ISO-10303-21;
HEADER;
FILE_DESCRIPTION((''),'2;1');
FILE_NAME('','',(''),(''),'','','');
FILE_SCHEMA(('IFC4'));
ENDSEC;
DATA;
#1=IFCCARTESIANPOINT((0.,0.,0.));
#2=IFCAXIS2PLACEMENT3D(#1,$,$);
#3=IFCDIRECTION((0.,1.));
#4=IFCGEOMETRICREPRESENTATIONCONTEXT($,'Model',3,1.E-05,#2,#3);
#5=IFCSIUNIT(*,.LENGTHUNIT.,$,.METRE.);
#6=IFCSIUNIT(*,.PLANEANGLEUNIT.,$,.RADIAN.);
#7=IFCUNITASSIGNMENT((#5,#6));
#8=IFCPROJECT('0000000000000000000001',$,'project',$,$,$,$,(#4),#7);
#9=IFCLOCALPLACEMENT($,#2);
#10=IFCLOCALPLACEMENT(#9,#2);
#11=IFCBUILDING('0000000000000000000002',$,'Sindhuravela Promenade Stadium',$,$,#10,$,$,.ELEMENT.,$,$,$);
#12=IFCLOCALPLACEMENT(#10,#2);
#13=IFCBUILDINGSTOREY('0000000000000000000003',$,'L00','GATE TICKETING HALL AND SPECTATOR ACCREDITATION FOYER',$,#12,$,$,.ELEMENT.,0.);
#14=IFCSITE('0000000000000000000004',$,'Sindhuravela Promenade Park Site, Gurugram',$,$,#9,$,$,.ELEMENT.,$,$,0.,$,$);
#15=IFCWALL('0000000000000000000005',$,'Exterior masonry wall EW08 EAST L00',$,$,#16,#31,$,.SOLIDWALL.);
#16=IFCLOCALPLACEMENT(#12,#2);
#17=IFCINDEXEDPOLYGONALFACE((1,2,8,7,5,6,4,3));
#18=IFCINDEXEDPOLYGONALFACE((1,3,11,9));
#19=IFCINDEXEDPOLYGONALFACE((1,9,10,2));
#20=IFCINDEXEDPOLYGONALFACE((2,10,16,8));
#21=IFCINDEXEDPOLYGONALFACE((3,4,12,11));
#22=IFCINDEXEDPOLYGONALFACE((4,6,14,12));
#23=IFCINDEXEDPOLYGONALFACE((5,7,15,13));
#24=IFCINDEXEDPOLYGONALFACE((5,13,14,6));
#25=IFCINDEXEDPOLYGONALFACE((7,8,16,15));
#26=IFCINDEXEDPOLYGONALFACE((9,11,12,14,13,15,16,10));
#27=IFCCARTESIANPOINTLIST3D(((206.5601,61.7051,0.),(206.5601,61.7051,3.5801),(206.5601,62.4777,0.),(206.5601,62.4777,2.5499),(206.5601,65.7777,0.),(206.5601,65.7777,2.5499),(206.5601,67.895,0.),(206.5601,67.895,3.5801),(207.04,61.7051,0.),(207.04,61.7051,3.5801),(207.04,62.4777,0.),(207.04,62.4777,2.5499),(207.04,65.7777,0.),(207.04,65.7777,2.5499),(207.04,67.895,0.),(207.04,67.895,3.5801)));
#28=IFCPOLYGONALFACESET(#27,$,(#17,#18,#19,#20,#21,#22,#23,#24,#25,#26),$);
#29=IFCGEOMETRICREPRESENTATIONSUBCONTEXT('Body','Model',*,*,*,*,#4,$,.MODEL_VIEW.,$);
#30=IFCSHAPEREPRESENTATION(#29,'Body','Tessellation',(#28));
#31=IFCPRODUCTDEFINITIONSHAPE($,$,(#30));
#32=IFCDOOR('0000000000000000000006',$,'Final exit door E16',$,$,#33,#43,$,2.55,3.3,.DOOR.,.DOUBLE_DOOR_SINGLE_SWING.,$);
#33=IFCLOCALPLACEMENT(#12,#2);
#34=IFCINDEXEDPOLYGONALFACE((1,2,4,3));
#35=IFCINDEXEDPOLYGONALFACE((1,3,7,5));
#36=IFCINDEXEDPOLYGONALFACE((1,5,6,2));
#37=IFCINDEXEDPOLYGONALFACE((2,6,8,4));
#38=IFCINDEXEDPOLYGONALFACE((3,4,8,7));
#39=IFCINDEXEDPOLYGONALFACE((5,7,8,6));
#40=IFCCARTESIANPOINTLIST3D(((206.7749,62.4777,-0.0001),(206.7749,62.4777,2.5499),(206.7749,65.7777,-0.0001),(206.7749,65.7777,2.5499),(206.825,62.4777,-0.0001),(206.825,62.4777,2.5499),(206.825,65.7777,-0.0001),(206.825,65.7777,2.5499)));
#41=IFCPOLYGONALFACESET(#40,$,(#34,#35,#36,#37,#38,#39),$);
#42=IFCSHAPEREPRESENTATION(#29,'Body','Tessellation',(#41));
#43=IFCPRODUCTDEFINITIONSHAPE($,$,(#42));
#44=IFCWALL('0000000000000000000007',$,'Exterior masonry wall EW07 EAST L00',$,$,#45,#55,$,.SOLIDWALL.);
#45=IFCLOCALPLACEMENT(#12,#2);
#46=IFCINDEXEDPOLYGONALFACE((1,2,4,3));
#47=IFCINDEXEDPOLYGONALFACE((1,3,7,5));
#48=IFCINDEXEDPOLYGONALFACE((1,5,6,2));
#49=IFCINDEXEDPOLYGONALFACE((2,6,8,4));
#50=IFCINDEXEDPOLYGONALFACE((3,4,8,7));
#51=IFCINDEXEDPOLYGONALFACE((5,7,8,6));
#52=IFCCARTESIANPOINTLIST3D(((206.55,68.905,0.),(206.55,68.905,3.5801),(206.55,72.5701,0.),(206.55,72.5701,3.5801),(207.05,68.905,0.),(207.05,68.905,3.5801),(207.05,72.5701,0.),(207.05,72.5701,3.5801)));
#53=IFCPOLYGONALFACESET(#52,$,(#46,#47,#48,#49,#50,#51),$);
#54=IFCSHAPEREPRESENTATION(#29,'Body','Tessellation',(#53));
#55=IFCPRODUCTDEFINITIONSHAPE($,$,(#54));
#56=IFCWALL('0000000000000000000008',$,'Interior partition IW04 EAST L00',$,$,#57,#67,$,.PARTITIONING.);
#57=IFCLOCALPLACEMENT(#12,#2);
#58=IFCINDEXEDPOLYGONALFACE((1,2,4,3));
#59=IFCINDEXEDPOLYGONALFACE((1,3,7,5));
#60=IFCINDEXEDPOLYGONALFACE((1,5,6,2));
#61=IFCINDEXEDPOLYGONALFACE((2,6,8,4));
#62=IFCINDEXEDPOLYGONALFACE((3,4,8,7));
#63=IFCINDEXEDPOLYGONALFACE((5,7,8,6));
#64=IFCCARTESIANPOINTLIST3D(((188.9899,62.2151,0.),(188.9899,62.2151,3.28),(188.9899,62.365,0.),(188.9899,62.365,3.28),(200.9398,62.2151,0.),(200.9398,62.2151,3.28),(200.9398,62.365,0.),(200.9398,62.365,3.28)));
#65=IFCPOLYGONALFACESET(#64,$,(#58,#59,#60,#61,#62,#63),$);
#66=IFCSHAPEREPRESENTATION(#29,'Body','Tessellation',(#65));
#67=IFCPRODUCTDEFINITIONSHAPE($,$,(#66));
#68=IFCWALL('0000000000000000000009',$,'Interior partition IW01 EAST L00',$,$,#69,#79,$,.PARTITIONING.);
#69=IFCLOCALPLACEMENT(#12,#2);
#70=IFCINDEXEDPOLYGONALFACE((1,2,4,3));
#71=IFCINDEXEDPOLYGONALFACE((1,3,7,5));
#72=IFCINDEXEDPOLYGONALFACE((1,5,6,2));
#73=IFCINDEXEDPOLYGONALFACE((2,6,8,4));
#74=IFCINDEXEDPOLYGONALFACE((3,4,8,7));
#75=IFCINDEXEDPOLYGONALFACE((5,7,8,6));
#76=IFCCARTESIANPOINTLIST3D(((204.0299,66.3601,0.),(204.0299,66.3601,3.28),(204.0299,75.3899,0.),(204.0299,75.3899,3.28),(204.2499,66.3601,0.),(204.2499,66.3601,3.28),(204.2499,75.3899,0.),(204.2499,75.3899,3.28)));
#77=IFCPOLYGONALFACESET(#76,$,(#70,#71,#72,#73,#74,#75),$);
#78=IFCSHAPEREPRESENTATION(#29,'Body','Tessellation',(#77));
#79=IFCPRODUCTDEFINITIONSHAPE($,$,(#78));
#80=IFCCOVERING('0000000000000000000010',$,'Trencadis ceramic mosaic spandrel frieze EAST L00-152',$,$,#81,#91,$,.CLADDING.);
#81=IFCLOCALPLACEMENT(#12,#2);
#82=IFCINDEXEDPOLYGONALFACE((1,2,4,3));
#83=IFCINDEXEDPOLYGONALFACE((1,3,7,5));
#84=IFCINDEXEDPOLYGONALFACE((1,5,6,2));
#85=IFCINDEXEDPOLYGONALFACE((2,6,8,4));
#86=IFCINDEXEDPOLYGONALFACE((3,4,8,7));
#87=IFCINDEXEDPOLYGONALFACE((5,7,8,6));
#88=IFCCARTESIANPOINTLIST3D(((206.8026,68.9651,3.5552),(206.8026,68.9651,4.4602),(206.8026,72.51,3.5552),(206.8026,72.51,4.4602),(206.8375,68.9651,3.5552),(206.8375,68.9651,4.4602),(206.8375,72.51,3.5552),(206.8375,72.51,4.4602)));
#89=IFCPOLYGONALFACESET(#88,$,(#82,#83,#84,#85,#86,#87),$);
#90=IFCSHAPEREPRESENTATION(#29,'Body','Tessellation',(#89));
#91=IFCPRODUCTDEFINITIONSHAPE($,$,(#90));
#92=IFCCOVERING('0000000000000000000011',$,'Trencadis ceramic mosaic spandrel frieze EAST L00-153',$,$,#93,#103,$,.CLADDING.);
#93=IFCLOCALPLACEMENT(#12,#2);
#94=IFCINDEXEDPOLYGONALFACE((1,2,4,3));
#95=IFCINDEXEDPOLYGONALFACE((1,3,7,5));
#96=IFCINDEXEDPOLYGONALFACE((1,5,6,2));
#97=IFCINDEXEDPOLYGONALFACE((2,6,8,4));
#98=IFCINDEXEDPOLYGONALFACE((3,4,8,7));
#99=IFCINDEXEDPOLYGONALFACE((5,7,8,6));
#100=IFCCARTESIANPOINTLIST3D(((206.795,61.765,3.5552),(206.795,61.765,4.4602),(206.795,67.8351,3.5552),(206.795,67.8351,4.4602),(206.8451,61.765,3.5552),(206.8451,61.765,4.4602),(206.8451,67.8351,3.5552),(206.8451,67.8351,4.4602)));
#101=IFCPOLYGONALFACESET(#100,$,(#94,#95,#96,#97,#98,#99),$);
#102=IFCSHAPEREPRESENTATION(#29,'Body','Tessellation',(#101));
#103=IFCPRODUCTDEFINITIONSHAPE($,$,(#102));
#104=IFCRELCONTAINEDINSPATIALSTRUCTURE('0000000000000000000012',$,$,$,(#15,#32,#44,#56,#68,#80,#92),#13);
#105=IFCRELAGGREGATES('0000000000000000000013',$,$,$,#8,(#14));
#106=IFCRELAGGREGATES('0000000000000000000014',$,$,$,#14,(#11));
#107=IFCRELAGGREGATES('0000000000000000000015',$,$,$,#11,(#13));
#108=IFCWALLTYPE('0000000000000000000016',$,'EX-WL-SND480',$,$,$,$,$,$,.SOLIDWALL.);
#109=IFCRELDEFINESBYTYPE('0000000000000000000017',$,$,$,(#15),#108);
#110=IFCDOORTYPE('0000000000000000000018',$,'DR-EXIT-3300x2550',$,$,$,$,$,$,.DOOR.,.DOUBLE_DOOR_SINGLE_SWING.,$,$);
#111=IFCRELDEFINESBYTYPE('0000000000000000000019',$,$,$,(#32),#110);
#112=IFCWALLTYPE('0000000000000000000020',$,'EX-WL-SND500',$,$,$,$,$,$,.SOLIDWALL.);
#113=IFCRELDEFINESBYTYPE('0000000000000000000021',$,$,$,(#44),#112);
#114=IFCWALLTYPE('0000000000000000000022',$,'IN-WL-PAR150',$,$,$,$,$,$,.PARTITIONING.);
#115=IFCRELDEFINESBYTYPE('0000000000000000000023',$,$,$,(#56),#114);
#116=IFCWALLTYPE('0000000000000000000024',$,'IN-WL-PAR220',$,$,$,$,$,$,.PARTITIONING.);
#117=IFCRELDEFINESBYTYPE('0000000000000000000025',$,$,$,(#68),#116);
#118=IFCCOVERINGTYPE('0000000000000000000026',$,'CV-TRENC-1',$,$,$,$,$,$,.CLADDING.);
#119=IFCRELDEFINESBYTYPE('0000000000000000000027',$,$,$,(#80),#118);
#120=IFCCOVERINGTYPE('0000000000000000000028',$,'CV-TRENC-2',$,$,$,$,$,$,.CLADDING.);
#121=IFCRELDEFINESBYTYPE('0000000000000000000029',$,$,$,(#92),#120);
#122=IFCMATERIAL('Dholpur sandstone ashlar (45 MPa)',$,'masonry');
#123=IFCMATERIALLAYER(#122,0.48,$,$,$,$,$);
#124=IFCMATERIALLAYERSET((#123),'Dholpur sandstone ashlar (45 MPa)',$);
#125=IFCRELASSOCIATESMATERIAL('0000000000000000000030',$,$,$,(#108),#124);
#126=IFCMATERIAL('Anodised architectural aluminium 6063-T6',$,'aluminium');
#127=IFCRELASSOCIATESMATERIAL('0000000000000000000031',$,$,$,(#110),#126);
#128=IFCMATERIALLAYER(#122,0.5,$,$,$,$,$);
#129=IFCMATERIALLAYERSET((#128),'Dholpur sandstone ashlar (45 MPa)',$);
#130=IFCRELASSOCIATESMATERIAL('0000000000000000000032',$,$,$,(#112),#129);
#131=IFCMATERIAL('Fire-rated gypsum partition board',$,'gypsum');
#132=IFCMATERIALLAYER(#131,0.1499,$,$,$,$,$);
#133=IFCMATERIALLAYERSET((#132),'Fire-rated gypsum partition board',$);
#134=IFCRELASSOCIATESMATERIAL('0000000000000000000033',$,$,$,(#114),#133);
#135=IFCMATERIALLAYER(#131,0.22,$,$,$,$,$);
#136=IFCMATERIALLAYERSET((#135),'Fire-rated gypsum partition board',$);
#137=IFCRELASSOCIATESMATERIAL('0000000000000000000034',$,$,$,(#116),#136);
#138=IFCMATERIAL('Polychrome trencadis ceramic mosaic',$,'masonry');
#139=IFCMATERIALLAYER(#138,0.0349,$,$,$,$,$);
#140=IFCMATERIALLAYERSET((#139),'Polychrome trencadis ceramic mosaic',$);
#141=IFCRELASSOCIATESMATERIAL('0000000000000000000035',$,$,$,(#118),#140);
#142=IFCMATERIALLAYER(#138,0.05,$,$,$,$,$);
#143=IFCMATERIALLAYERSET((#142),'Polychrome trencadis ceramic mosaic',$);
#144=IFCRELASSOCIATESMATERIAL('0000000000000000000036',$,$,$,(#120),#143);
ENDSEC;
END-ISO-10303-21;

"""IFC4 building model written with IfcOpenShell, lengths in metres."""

from ifc_helpers import new_model, si_unit, direction, frame, frame_2d, origin, origin_2d, place, context, subcontext, project, spatial, rectangle, extrude, material, layer, layer_set, type_object, element, fill, save


model = new_model("IFC4")

# Units and contexts
model_context = context("Model", 3, precision=1e-05, world=origin(), true_north=direction((0.0, 1.0)))
body_context = subcontext(model_context, "Body", "Model", "MODEL_VIEW")
ifc_project = project(units=[si_unit("LENGTHUNIT", "METRE"), si_unit("PLANEANGLEUNIT", "RADIAN")], contexts=[model_context])

# Site, building, storey
site_placement = place(None, origin())
site = spatial("IfcSite", under=ifc_project, at=site_placement, Name="Sindhuravela Promenade Park Site, Gurugram", CompositionType="ELEMENT", RefElevation=0.0)
building_placement = place(site_placement, origin())
building = spatial("IfcBuilding", under=site, at=building_placement, Name="Sindhuravela Promenade Stadium", CompositionType="ELEMENT")
storey_placement = place(building_placement, origin())
storey = spatial("IfcBuildingStorey", under=building, at=storey_placement, Name="L00", Description="GATE TICKETING HALL AND SPECTATOR ACCREDITATION FOYER", CompositionType="ELEMENT", Elevation=0.0)

# Wall, opening, door
ifc_material_1 = material(Name="Dholpur sandstone ashlar (45 MPa)", Category="masonry")
ifc_layer_1 = layer(ifc_material_1, 0.48)
ifc_layer_set_1 = layer_set([ifc_layer_1], Name="Dholpur sandstone ashlar (45 MPa)")
wall_type_1 = type_object("IfcWallType", Name="EX-WL-SND480", PredefinedType="SOLIDWALL", material=ifc_layer_set_1)
wall_1_placement = place(storey_placement, frame((206.8, 67.895, 0.0), z_axis=(0.0, 0.0, 1.0), x_axis=(0.0, -1.0, 0.0)))
wall_1 = element("IfcWall", 1, at=wall_1_placement, inside=storey, type_object=wall_type_1, Name="Exterior masonry wall EW08 EAST L00", PredefinedType="SOLIDWALL", context=body_context, shape_type="SweptSolid", body=[
    extrude(rectangle(XDim=6.1899, YDim=0.48, at=frame_2d((3.095, 0.0))), origin(), (0.0, 0.0, 1.0), 3.5801),
])
opening_1_placement = place(wall_1_placement, frame((2.1174, 0.0, 0.0)))
opening_1 = element("IfcOpeningElement", 2, at=opening_1_placement, cuts=wall_1, PredefinedType="OPENING", context=body_context, shape_type="SweptSolid", body=[
    extrude(rectangle(XDim=3.3, YDim=2.55, at=frame_2d((1.6499, 1.2749))), frame((0.0, 0.25, 0.0), z_axis=(0.0, -1.0, 0.0), x_axis=(1.0, 0.0, 0.0)), (0.0, 0.0, 1.0), 0.5),
])
ifc_material_2 = material(Name="Anodised architectural aluminium 6063-T6", Category="aluminium")
door_type_1 = type_object("IfcDoorType", Name="DR-EXIT-3300x2550", OperationType="DOUBLE_DOOR_SINGLE_SWING", PredefinedType="DOOR", material=ifc_material_2)
door_1_placement = place(opening_1_placement, origin())
door_1 = element("IfcDoor", 3, at=door_1_placement, inside=storey, type_object=door_type_1, Name="Final exit door E16", OperationType="DOUBLE_DOOR_SINGLE_SWING", OverallHeight=2.55, OverallWidth=3.3, PredefinedType="DOOR", context=body_context, shape_type="SweptSolid", body=[
    extrude(rectangle(XDim=3.3, YDim=2.55, at=frame_2d((1.6499, 1.2749))), frame((0.0, 0.0249, 0.0), z_axis=(0.0, -1.0, 0.0), x_axis=(1.0, 0.0, 0.0)), (0.0, 0.0, 1.0), 0.05),
])
fill(opening_1, door_1)

# Wall
ifc_layer_2 = layer(ifc_material_1, 0.5)
ifc_layer_set_2 = layer_set([ifc_layer_2], Name="Dholpur sandstone ashlar (45 MPa)")
wall_type_2 = type_object("IfcWallType", Name="EX-WL-SND500", PredefinedType="SOLIDWALL", material=ifc_layer_set_2)
wall_2_placement = place(storey_placement, frame((206.8, 72.5701, 0.0), z_axis=(0.0, 0.0, 1.0), x_axis=(0.0, -1.0, 0.0)))
element("IfcWall", 4, at=wall_2_placement, inside=storey, type_object=wall_type_2, Name="Exterior masonry wall EW07 EAST L00", PredefinedType="SOLIDWALL", context=body_context, shape_type="SweptSolid", body=[
    extrude(rectangle(XDim=3.665, YDim=0.5, at=frame_2d((1.8325, 0.0))), origin(), (0.0, 0.0, 1.0), 3.5801),
])

# Shared definitions
ifc_material_3 = material(Name="Fire-rated gypsum partition board", Category="gypsum")

# Walls
ifc_layer_3 = layer(ifc_material_3, 0.1499)
ifc_layer_set_3 = layer_set([ifc_layer_3], Name="Fire-rated gypsum partition board")
wall_type_3 = type_object("IfcWallType", Name="IN-WL-PAR150", PredefinedType="PARTITIONING", material=ifc_layer_set_3)
wall_3_placement = place(storey_placement, frame((200.9399, 62.29, 0.0), z_axis=(0.0, 0.0, 1.0), x_axis=(-1.0, 0.0, 0.0)))
element("IfcWall", 5, at=wall_3_placement, inside=storey, type_object=wall_type_3, Name="Interior partition IW04 EAST L00", PredefinedType="PARTITIONING", context=body_context, shape_type="SweptSolid", body=[
    extrude(rectangle(XDim=11.95, YDim=0.1499, at=frame_2d((5.9751, 0.0))), origin(), (0.0, 0.0, 1.0), 3.28),
])
ifc_layer_4 = layer(ifc_material_3, 0.22)
ifc_layer_set_4 = layer_set([ifc_layer_4], Name="Fire-rated gypsum partition board")
wall_type_4 = type_object("IfcWallType", Name="IN-WL-PAR220", PredefinedType="PARTITIONING", material=ifc_layer_set_4)
wall_4_placement = place(storey_placement, frame((204.1399, 66.3601, 0.0), z_axis=(0.0, 0.0, 1.0), x_axis=(0.0, 1.0, 0.0)))
element("IfcWall", 6, at=wall_4_placement, inside=storey, type_object=wall_type_4, Name="Interior partition IW01 EAST L00", PredefinedType="PARTITIONING", context=body_context, shape_type="SweptSolid", body=[
    extrude(rectangle(XDim=9.0298, YDim=0.22, at=frame_2d((4.5149, 0.0))), origin(), (0.0, 0.0, 1.0), 3.28),
])

# Coverings
ifc_material_4 = material(Name="Polychrome trencadis ceramic mosaic", Category="masonry")
ifc_layer_5 = layer(ifc_material_4, 0.0349)
ifc_layer_set_5 = layer_set([ifc_layer_5], Name="Polychrome trencadis ceramic mosaic")
covering_type_1 = type_object("IfcCoveringType", Name="CV-TRENC-1", PredefinedType="CLADDING", material=ifc_layer_set_5)
covering_1_placement = place(storey_placement, frame((206.8201, 70.7375, 3.5552), z_axis=(0.0, 0.0, 1.0), x_axis=(0.0, -1.0, 0.0)))
element("IfcCovering", 7, at=covering_1_placement, inside=storey, type_object=covering_type_1, Name="Trencadis ceramic mosaic spandrel frieze EAST L00-152", PredefinedType="CLADDING", context=body_context, shape_type="SweptSolid", body=[
    extrude(rectangle(XDim=3.5449, YDim=0.0349, at=origin_2d()), origin(), (0.0, 0.0, 1.0), 0.905),
])
ifc_layer_6 = layer(ifc_material_4, 0.05)
ifc_layer_set_6 = layer_set([ifc_layer_6], Name="Polychrome trencadis ceramic mosaic")
covering_type_2 = type_object("IfcCoveringType", Name="CV-TRENC-2", PredefinedType="CLADDING", material=ifc_layer_set_6)
covering_2_placement = place(storey_placement, frame((206.8201, 64.8, 3.5552), z_axis=(0.0, 0.0, 1.0), x_axis=(0.0, -1.0, 0.0)))
element("IfcCovering", 8, at=covering_2_placement, inside=storey, type_object=covering_type_2, Name="Trencadis ceramic mosaic spandrel frieze EAST L00-153", PredefinedType="CLADDING", context=body_context, shape_type="SweptSolid", body=[
    extrude(rectangle(XDim=6.0701, YDim=0.05, at=origin_2d()), origin(), (0.0, 0.0, 1.0), 0.905),
])

save(model, "model.ifc")
